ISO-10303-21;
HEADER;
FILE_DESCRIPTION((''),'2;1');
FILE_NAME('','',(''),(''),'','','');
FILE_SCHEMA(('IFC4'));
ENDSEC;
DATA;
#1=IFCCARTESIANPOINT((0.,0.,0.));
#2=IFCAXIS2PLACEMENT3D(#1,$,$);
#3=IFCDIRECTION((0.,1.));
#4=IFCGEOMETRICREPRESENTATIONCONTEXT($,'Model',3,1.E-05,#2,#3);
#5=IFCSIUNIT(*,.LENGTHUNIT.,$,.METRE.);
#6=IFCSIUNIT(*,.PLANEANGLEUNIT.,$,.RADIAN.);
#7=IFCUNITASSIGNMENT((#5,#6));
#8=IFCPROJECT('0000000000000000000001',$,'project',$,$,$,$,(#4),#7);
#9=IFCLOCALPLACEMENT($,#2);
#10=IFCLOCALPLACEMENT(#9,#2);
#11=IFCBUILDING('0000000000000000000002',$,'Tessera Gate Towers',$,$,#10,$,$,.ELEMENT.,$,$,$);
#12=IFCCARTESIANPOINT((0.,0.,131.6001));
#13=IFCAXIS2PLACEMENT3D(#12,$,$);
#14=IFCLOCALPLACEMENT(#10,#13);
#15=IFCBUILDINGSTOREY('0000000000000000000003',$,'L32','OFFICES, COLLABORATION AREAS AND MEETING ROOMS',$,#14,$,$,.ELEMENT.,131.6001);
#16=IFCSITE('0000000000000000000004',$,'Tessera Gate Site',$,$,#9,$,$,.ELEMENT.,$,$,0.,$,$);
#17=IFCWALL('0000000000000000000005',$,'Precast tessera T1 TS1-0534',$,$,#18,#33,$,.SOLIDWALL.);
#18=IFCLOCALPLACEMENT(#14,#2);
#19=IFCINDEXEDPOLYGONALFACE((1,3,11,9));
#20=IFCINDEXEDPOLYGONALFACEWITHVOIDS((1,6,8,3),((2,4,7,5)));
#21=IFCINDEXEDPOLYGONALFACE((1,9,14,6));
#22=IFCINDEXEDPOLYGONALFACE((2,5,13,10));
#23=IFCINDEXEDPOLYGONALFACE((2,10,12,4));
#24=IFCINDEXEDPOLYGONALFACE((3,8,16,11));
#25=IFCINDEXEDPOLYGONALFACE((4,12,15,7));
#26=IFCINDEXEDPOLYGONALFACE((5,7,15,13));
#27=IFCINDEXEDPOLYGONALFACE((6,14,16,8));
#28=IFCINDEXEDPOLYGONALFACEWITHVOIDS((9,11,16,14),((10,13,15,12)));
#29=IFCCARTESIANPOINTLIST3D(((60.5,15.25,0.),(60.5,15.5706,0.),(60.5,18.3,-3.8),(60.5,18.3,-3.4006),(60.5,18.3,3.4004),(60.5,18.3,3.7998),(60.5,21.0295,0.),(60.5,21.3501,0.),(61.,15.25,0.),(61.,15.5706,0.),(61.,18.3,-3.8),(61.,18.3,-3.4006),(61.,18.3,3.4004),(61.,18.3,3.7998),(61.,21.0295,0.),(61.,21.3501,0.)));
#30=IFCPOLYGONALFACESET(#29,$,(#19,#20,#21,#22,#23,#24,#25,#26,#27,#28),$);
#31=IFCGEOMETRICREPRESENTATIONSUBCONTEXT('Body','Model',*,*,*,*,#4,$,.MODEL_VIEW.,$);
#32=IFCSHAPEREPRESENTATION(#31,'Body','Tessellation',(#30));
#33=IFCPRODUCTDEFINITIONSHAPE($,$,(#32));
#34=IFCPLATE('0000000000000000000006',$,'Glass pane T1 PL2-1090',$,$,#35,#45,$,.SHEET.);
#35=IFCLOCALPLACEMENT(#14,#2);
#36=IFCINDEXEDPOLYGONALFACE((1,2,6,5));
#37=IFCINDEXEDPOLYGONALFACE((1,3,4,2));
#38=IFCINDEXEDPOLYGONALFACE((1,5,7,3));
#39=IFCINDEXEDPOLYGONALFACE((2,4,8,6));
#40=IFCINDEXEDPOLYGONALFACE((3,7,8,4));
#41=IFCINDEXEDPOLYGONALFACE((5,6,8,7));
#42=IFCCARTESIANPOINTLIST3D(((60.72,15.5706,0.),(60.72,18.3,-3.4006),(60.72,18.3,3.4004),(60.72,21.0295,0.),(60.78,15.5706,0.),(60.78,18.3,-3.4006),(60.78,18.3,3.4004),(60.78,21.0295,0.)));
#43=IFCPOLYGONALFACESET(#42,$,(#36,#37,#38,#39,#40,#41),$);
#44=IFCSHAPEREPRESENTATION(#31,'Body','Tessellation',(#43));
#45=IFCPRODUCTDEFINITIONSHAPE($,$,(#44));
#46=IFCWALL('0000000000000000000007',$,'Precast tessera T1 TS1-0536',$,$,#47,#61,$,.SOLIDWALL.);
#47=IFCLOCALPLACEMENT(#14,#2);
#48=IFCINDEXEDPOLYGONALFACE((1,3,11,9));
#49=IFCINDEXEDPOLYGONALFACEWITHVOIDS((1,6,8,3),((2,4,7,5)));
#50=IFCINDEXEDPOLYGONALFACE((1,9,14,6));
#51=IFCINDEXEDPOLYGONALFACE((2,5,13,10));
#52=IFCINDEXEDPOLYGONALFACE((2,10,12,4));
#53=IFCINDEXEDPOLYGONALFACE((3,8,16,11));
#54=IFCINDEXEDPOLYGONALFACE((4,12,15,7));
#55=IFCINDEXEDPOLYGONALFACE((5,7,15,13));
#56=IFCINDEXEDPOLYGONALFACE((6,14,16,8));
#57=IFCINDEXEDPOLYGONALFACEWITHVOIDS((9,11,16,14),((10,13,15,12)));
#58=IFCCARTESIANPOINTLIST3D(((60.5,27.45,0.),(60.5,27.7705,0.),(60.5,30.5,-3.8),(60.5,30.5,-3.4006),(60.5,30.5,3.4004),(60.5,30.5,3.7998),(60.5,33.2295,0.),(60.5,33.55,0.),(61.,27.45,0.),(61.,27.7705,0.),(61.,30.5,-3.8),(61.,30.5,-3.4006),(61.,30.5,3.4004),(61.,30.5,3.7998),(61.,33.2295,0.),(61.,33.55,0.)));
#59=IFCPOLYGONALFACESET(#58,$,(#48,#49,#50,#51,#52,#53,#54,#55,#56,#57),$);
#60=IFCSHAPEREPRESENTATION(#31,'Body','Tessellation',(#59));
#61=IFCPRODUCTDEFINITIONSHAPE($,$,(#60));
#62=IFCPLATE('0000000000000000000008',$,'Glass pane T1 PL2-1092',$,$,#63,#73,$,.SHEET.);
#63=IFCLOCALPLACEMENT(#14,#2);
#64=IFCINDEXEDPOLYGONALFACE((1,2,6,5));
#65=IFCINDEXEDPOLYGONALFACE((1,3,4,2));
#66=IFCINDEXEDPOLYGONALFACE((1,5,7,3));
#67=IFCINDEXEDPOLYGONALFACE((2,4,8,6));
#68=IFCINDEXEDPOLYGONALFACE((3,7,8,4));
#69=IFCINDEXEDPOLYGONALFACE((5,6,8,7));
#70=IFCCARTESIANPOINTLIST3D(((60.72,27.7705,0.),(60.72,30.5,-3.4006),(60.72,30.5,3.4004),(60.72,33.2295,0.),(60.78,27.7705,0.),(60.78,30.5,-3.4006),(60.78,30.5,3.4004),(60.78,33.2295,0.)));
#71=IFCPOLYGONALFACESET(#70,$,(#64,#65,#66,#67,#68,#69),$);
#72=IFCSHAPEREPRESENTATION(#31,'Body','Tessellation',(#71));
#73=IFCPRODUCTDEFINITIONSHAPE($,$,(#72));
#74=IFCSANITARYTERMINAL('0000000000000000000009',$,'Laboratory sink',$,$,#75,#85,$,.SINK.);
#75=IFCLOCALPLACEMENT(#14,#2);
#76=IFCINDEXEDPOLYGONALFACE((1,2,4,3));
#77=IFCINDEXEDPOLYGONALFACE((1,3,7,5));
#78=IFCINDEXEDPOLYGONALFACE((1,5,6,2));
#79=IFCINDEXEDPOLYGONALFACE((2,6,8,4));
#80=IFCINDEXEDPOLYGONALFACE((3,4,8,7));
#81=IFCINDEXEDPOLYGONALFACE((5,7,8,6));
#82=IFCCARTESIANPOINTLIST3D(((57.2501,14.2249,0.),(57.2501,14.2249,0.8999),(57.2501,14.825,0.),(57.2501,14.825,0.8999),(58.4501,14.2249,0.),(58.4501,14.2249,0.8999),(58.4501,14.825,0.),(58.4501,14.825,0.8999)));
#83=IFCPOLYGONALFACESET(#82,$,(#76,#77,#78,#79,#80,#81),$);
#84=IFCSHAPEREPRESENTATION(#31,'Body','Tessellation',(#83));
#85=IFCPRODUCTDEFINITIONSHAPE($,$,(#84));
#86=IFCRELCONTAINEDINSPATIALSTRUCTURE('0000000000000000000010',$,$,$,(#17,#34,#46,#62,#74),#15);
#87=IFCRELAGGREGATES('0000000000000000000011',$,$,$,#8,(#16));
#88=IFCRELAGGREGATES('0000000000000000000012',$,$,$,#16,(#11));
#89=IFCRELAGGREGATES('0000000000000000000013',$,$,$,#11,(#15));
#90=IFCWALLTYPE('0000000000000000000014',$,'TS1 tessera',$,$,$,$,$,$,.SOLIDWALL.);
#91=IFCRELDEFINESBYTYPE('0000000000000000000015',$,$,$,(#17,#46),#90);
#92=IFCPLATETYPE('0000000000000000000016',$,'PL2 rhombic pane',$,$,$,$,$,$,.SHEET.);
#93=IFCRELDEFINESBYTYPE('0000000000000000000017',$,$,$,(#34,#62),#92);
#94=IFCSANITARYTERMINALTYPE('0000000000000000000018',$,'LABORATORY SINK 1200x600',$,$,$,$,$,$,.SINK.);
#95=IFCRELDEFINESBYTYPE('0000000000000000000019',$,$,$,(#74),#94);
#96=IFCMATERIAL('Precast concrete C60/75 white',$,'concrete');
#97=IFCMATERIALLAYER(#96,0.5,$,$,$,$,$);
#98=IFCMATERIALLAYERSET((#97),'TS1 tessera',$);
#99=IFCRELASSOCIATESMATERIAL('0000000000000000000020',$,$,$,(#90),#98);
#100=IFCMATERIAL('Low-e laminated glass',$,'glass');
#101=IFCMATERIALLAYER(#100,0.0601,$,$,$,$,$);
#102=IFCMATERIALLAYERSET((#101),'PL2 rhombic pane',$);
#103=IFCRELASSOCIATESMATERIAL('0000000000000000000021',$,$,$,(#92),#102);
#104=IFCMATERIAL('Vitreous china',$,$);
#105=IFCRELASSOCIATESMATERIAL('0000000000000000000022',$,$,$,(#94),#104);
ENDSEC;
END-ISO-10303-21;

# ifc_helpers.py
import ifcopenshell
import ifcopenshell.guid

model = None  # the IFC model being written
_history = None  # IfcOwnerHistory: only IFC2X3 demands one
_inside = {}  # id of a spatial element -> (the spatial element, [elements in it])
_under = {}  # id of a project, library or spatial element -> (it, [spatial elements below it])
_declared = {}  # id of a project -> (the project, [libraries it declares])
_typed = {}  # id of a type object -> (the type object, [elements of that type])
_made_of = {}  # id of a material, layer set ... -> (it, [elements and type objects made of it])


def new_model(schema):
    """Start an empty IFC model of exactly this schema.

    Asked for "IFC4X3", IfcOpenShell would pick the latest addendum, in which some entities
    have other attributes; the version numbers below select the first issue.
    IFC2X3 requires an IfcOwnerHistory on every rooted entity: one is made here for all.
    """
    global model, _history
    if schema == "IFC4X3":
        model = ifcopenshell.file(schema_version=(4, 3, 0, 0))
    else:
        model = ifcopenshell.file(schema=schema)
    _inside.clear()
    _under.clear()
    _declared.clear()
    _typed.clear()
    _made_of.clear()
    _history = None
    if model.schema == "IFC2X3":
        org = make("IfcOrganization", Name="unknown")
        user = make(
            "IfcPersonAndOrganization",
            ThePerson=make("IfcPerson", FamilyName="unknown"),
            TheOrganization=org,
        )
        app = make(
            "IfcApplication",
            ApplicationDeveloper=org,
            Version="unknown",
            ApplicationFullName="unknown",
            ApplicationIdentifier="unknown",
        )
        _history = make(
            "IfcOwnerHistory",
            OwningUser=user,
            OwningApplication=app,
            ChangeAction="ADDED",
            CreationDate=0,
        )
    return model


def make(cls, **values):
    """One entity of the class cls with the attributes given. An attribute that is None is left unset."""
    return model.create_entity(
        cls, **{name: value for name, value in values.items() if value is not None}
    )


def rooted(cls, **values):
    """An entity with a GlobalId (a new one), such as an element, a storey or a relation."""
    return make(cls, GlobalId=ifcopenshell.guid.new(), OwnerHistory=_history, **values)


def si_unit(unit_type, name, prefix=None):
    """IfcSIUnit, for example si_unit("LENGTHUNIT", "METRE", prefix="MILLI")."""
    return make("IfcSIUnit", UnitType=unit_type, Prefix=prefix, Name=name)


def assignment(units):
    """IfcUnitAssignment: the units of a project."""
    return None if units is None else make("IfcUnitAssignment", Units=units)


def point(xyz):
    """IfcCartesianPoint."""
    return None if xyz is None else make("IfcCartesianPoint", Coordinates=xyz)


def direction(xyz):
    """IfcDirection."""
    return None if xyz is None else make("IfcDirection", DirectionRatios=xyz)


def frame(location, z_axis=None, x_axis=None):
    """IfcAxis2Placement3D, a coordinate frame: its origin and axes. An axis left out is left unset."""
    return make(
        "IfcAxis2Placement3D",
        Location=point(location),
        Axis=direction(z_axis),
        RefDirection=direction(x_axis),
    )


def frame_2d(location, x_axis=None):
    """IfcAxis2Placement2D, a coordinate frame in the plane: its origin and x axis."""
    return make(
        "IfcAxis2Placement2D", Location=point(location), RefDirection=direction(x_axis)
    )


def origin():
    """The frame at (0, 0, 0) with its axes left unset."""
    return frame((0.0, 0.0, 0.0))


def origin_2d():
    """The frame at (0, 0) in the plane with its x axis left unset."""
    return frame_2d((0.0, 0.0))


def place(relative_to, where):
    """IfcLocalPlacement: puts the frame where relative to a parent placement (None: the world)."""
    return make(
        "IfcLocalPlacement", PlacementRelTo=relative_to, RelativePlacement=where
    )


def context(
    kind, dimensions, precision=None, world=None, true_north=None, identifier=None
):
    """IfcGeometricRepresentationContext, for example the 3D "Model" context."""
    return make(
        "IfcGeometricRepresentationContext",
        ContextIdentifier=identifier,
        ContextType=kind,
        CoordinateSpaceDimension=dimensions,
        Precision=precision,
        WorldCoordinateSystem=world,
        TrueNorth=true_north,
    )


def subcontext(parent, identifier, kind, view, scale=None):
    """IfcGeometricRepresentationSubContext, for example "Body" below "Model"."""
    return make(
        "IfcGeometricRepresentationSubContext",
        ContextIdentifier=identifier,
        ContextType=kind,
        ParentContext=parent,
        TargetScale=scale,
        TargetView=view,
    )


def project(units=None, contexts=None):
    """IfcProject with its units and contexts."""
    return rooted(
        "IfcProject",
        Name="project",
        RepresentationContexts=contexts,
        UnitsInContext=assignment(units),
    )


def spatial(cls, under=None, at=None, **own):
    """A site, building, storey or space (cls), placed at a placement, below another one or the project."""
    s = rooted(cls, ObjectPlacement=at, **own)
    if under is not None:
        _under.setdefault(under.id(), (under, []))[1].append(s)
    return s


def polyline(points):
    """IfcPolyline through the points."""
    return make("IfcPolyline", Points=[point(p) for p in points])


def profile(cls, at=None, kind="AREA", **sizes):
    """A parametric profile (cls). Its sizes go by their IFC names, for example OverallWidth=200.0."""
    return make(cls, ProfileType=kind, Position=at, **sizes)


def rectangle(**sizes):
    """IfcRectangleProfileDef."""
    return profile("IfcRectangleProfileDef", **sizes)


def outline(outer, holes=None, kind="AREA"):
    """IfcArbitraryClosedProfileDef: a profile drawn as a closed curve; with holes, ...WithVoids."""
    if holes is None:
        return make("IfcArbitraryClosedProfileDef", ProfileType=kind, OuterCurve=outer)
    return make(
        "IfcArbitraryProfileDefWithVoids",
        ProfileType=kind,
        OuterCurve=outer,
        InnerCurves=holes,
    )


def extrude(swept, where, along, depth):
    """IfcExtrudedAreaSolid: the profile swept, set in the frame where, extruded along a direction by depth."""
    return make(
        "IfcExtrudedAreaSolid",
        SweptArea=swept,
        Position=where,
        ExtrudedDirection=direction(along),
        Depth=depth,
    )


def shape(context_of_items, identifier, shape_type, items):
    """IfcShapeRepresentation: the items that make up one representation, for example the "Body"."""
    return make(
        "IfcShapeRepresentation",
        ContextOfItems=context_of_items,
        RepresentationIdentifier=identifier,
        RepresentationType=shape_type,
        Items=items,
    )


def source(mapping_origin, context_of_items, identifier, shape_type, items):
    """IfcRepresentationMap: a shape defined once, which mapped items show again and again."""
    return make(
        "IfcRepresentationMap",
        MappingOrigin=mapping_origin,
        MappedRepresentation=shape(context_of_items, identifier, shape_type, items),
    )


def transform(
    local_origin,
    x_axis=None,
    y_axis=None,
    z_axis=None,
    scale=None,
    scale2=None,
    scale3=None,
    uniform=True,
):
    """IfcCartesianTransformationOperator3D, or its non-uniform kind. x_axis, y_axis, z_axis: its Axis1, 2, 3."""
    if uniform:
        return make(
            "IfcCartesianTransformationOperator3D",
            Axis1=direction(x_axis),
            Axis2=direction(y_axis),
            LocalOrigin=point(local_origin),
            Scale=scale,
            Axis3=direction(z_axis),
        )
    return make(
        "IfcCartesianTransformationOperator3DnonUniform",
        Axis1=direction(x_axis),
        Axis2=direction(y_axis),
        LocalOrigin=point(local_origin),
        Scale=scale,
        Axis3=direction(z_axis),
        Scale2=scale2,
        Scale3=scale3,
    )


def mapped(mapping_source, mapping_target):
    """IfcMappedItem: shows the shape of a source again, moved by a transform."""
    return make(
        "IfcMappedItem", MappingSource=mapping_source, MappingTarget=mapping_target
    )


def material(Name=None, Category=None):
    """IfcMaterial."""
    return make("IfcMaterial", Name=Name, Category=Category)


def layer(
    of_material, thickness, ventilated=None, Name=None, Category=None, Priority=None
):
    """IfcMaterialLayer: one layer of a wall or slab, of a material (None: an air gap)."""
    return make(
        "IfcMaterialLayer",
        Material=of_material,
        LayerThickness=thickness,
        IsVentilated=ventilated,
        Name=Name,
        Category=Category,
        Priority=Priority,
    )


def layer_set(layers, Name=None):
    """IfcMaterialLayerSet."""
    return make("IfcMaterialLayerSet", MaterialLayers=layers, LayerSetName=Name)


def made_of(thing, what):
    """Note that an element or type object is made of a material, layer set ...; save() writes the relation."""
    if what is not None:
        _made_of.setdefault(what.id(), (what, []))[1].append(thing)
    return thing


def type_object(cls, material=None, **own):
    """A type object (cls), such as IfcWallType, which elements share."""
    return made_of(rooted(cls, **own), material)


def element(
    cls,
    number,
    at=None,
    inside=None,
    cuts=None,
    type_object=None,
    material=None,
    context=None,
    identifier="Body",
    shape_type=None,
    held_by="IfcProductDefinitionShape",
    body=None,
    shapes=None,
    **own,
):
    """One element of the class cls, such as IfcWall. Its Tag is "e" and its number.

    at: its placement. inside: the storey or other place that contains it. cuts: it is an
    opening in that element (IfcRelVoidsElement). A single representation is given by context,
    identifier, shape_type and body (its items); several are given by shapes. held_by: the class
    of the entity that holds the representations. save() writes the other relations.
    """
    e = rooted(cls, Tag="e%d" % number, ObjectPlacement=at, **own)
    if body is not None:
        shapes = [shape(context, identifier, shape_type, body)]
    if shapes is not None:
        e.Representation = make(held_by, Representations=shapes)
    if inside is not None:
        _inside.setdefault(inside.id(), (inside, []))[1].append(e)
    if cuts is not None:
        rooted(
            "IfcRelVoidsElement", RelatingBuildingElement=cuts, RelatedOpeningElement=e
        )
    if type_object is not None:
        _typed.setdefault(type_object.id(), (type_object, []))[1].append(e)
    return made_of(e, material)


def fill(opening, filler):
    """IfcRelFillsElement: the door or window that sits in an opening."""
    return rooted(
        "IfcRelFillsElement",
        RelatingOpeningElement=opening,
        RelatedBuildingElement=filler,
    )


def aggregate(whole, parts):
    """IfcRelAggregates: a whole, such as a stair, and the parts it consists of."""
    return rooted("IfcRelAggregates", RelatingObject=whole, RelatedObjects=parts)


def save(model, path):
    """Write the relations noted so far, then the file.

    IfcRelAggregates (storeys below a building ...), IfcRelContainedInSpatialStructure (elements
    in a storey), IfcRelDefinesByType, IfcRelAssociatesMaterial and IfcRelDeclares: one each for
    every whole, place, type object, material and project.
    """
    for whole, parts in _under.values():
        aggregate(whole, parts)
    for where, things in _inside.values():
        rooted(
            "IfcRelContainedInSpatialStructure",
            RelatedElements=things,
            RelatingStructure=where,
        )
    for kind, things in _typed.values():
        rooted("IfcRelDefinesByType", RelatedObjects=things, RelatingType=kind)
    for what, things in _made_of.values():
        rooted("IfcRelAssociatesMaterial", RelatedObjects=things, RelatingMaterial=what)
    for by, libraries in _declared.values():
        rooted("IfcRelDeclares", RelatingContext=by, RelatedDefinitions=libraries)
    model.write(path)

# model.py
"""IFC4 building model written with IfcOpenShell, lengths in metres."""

from ifc_helpers import new_model, si_unit, direction, frame, origin, origin_2d, place, context, subcontext, project, spatial, polyline, rectangle, outline, extrude, source, transform, mapped, material, layer, layer_set, type_object, element, fill, save


model = new_model("IFC4")

# Units and contexts
model_context = context("Model", 3, precision=1e-05, world=origin(), true_north=direction((0.0, 1.0)))
body_context = subcontext(model_context, "Body", "Model", "MODEL_VIEW")
ifc_project = project(units=[si_unit("LENGTHUNIT", "METRE"), si_unit("PLANEANGLEUNIT", "RADIAN")], contexts=[model_context])

# Site, building, storey
site_placement = place(None, origin())
site = spatial("IfcSite", under=ifc_project, at=site_placement, Name="Tessera Gate Site", CompositionType="ELEMENT", RefElevation=0.0)
building_placement = place(site_placement, origin())
building = spatial("IfcBuilding", under=site, at=building_placement, Name="Tessera Gate Towers", CompositionType="ELEMENT")
storey_placement = place(building_placement, frame((0.0, 0.0, 131.6001)))
storey = spatial("IfcBuildingStorey", under=building, at=storey_placement, Name="L32", Description="OFFICES, COLLABORATION AREAS AND MEETING ROOMS", CompositionType="ELEMENT", Elevation=131.6001)

# Walls, openings, plates
ifc_material_1 = material(Name="Precast concrete C60/75 white", Category="concrete")
ifc_layer_1 = layer(ifc_material_1, 0.5)
ifc_layer_set_1 = layer_set([ifc_layer_1], Name="TS1 tessera")
wall_type_1 = type_object("IfcWallType", Name="TS1 tessera", PredefinedType="SOLIDWALL", material=ifc_layer_set_1)
shared_shape_1 = source(origin(), body_context, "Body", "SweptSolid", [
    extrude(outline(polyline([(3.05, 0.0), (6.1001, 3.8), (3.05, 7.5999), (0.0, 3.8), (3.05, 0.0)])), frame((0.0, 0.25, 0.0), z_axis=(0.0, -1.0, 0.0), x_axis=(1.0, 0.0, 0.0)), (0.0, 0.0, 1.0), 0.5),
])
wall_1_placement = place(storey_placement, frame((60.75, 15.25, -3.8), z_axis=(0.0, 0.0, 1.0), x_axis=(0.0, 1.0, 0.0)))
wall_1 = element("IfcWall", 1, at=wall_1_placement, inside=storey, type_object=wall_type_1, Name="Precast tessera T1 TS1-0534", PredefinedType="SOLIDWALL", context=body_context, shape_type="MappedRepresentation", body=[
    mapped(shared_shape_1, transform((0.0, 0.0, 0.0), scale=1.0)),
])
shared_shape_2 = source(origin(), body_context, "Body", "SweptSolid", [
    extrude(outline(polyline([(3.05, 0.3994), (5.7795, 3.8), (3.05, 7.2004), (0.3206, 3.8), (3.05, 0.3994)])), frame((0.0, 0.26, 0.0), z_axis=(0.0, -1.0, 0.0), x_axis=(1.0, 0.0, 0.0)), (0.0, 0.0, 1.0), 0.52),
])
opening_1_placement = place(wall_1_placement, origin())
opening_1 = element("IfcOpeningElement", 2, at=opening_1_placement, cuts=wall_1, PredefinedType="OPENING", context=body_context, shape_type="MappedRepresentation", body=[
    mapped(shared_shape_2, transform((0.0, 0.0, 0.0), scale=1.0)),
])
ifc_material_2 = material(Name="Low-e laminated glass", Category="glass")
ifc_layer_2 = layer(ifc_material_2, 0.0601)
ifc_layer_set_2 = layer_set([ifc_layer_2], Name="PL2 rhombic pane")
plate_type = type_object("IfcPlateType", Name="PL2 rhombic pane", PredefinedType="SHEET", material=ifc_layer_set_2)
shared_shape_3 = source(origin(), body_context, "Body", "SweptSolid", [
    extrude(outline(polyline([(3.05, 0.3994), (5.7795, 3.8), (3.05, 7.2004), (0.3206, 3.8), (3.05, 0.3994)])), frame((0.0, 0.03, 0.0), z_axis=(0.0, -1.0, 0.0), x_axis=(1.0, 0.0, 0.0)), (0.0, 0.0, 1.0), 0.0601),
])
plate_1_placement = place(opening_1_placement, origin())
plate_1 = element("IfcPlate", 3, at=plate_1_placement, inside=storey, type_object=plate_type, Name="Glass pane T1 PL2-1090", PredefinedType="SHEET", context=body_context, shape_type="MappedRepresentation", body=[
    mapped(shared_shape_3, transform((0.0, 0.0, 0.0), scale=1.0)),
])
fill(opening_1, plate_1)
wall_2_placement = place(storey_placement, frame((60.75, 27.45, -3.8), z_axis=(0.0, 0.0, 1.0), x_axis=(0.0, 1.0, 0.0)))
wall_2 = element("IfcWall", 4, at=wall_2_placement, inside=storey, type_object=wall_type_1, Name="Precast tessera T1 TS1-0536", PredefinedType="SOLIDWALL", context=body_context, shape_type="MappedRepresentation", body=[
    mapped(shared_shape_1, transform((0.0, 0.0, 0.0), scale=1.0)),
])
opening_2_placement = place(wall_2_placement, origin())
opening_2 = element("IfcOpeningElement", 5, at=opening_2_placement, cuts=wall_2, PredefinedType="OPENING", context=body_context, shape_type="MappedRepresentation", body=[
    mapped(shared_shape_2, transform((0.0, 0.0, 0.0), scale=1.0)),
])
plate_2_placement = place(opening_2_placement, origin())
plate_2 = element("IfcPlate", 6, at=plate_2_placement, inside=storey, type_object=plate_type, Name="Glass pane T1 PL2-1092", PredefinedType="SHEET", context=body_context, shape_type="MappedRepresentation", body=[
    mapped(shared_shape_3, transform((0.0, 0.0, 0.0), scale=1.0)),
])
fill(opening_2, plate_2)

# Sanitary terminal
ifc_material_3 = material(Name="Vitreous china")
sanitary_terminal_type = type_object("IfcSanitaryTerminalType", Name="LABORATORY SINK 1200x600", PredefinedType="SINK", material=ifc_material_3)
sanitary_terminal_placement = place(storey_placement, frame((57.8501, 14.5249, 0.0), z_axis=(0.0, 0.0, 1.0), x_axis=(1.0, 0.0, 0.0)))
element("IfcSanitaryTerminal", 7, at=sanitary_terminal_placement, inside=storey, type_object=sanitary_terminal_type, Name="Laboratory sink", PredefinedType="SINK", context=body_context, shape_type="SweptSolid", body=[
    extrude(rectangle(XDim=1.2, YDim=0.6001, at=origin_2d()), origin(), (0.0, 0.0, 1.0), 0.8999),
])

save(model, "model.ifc")
